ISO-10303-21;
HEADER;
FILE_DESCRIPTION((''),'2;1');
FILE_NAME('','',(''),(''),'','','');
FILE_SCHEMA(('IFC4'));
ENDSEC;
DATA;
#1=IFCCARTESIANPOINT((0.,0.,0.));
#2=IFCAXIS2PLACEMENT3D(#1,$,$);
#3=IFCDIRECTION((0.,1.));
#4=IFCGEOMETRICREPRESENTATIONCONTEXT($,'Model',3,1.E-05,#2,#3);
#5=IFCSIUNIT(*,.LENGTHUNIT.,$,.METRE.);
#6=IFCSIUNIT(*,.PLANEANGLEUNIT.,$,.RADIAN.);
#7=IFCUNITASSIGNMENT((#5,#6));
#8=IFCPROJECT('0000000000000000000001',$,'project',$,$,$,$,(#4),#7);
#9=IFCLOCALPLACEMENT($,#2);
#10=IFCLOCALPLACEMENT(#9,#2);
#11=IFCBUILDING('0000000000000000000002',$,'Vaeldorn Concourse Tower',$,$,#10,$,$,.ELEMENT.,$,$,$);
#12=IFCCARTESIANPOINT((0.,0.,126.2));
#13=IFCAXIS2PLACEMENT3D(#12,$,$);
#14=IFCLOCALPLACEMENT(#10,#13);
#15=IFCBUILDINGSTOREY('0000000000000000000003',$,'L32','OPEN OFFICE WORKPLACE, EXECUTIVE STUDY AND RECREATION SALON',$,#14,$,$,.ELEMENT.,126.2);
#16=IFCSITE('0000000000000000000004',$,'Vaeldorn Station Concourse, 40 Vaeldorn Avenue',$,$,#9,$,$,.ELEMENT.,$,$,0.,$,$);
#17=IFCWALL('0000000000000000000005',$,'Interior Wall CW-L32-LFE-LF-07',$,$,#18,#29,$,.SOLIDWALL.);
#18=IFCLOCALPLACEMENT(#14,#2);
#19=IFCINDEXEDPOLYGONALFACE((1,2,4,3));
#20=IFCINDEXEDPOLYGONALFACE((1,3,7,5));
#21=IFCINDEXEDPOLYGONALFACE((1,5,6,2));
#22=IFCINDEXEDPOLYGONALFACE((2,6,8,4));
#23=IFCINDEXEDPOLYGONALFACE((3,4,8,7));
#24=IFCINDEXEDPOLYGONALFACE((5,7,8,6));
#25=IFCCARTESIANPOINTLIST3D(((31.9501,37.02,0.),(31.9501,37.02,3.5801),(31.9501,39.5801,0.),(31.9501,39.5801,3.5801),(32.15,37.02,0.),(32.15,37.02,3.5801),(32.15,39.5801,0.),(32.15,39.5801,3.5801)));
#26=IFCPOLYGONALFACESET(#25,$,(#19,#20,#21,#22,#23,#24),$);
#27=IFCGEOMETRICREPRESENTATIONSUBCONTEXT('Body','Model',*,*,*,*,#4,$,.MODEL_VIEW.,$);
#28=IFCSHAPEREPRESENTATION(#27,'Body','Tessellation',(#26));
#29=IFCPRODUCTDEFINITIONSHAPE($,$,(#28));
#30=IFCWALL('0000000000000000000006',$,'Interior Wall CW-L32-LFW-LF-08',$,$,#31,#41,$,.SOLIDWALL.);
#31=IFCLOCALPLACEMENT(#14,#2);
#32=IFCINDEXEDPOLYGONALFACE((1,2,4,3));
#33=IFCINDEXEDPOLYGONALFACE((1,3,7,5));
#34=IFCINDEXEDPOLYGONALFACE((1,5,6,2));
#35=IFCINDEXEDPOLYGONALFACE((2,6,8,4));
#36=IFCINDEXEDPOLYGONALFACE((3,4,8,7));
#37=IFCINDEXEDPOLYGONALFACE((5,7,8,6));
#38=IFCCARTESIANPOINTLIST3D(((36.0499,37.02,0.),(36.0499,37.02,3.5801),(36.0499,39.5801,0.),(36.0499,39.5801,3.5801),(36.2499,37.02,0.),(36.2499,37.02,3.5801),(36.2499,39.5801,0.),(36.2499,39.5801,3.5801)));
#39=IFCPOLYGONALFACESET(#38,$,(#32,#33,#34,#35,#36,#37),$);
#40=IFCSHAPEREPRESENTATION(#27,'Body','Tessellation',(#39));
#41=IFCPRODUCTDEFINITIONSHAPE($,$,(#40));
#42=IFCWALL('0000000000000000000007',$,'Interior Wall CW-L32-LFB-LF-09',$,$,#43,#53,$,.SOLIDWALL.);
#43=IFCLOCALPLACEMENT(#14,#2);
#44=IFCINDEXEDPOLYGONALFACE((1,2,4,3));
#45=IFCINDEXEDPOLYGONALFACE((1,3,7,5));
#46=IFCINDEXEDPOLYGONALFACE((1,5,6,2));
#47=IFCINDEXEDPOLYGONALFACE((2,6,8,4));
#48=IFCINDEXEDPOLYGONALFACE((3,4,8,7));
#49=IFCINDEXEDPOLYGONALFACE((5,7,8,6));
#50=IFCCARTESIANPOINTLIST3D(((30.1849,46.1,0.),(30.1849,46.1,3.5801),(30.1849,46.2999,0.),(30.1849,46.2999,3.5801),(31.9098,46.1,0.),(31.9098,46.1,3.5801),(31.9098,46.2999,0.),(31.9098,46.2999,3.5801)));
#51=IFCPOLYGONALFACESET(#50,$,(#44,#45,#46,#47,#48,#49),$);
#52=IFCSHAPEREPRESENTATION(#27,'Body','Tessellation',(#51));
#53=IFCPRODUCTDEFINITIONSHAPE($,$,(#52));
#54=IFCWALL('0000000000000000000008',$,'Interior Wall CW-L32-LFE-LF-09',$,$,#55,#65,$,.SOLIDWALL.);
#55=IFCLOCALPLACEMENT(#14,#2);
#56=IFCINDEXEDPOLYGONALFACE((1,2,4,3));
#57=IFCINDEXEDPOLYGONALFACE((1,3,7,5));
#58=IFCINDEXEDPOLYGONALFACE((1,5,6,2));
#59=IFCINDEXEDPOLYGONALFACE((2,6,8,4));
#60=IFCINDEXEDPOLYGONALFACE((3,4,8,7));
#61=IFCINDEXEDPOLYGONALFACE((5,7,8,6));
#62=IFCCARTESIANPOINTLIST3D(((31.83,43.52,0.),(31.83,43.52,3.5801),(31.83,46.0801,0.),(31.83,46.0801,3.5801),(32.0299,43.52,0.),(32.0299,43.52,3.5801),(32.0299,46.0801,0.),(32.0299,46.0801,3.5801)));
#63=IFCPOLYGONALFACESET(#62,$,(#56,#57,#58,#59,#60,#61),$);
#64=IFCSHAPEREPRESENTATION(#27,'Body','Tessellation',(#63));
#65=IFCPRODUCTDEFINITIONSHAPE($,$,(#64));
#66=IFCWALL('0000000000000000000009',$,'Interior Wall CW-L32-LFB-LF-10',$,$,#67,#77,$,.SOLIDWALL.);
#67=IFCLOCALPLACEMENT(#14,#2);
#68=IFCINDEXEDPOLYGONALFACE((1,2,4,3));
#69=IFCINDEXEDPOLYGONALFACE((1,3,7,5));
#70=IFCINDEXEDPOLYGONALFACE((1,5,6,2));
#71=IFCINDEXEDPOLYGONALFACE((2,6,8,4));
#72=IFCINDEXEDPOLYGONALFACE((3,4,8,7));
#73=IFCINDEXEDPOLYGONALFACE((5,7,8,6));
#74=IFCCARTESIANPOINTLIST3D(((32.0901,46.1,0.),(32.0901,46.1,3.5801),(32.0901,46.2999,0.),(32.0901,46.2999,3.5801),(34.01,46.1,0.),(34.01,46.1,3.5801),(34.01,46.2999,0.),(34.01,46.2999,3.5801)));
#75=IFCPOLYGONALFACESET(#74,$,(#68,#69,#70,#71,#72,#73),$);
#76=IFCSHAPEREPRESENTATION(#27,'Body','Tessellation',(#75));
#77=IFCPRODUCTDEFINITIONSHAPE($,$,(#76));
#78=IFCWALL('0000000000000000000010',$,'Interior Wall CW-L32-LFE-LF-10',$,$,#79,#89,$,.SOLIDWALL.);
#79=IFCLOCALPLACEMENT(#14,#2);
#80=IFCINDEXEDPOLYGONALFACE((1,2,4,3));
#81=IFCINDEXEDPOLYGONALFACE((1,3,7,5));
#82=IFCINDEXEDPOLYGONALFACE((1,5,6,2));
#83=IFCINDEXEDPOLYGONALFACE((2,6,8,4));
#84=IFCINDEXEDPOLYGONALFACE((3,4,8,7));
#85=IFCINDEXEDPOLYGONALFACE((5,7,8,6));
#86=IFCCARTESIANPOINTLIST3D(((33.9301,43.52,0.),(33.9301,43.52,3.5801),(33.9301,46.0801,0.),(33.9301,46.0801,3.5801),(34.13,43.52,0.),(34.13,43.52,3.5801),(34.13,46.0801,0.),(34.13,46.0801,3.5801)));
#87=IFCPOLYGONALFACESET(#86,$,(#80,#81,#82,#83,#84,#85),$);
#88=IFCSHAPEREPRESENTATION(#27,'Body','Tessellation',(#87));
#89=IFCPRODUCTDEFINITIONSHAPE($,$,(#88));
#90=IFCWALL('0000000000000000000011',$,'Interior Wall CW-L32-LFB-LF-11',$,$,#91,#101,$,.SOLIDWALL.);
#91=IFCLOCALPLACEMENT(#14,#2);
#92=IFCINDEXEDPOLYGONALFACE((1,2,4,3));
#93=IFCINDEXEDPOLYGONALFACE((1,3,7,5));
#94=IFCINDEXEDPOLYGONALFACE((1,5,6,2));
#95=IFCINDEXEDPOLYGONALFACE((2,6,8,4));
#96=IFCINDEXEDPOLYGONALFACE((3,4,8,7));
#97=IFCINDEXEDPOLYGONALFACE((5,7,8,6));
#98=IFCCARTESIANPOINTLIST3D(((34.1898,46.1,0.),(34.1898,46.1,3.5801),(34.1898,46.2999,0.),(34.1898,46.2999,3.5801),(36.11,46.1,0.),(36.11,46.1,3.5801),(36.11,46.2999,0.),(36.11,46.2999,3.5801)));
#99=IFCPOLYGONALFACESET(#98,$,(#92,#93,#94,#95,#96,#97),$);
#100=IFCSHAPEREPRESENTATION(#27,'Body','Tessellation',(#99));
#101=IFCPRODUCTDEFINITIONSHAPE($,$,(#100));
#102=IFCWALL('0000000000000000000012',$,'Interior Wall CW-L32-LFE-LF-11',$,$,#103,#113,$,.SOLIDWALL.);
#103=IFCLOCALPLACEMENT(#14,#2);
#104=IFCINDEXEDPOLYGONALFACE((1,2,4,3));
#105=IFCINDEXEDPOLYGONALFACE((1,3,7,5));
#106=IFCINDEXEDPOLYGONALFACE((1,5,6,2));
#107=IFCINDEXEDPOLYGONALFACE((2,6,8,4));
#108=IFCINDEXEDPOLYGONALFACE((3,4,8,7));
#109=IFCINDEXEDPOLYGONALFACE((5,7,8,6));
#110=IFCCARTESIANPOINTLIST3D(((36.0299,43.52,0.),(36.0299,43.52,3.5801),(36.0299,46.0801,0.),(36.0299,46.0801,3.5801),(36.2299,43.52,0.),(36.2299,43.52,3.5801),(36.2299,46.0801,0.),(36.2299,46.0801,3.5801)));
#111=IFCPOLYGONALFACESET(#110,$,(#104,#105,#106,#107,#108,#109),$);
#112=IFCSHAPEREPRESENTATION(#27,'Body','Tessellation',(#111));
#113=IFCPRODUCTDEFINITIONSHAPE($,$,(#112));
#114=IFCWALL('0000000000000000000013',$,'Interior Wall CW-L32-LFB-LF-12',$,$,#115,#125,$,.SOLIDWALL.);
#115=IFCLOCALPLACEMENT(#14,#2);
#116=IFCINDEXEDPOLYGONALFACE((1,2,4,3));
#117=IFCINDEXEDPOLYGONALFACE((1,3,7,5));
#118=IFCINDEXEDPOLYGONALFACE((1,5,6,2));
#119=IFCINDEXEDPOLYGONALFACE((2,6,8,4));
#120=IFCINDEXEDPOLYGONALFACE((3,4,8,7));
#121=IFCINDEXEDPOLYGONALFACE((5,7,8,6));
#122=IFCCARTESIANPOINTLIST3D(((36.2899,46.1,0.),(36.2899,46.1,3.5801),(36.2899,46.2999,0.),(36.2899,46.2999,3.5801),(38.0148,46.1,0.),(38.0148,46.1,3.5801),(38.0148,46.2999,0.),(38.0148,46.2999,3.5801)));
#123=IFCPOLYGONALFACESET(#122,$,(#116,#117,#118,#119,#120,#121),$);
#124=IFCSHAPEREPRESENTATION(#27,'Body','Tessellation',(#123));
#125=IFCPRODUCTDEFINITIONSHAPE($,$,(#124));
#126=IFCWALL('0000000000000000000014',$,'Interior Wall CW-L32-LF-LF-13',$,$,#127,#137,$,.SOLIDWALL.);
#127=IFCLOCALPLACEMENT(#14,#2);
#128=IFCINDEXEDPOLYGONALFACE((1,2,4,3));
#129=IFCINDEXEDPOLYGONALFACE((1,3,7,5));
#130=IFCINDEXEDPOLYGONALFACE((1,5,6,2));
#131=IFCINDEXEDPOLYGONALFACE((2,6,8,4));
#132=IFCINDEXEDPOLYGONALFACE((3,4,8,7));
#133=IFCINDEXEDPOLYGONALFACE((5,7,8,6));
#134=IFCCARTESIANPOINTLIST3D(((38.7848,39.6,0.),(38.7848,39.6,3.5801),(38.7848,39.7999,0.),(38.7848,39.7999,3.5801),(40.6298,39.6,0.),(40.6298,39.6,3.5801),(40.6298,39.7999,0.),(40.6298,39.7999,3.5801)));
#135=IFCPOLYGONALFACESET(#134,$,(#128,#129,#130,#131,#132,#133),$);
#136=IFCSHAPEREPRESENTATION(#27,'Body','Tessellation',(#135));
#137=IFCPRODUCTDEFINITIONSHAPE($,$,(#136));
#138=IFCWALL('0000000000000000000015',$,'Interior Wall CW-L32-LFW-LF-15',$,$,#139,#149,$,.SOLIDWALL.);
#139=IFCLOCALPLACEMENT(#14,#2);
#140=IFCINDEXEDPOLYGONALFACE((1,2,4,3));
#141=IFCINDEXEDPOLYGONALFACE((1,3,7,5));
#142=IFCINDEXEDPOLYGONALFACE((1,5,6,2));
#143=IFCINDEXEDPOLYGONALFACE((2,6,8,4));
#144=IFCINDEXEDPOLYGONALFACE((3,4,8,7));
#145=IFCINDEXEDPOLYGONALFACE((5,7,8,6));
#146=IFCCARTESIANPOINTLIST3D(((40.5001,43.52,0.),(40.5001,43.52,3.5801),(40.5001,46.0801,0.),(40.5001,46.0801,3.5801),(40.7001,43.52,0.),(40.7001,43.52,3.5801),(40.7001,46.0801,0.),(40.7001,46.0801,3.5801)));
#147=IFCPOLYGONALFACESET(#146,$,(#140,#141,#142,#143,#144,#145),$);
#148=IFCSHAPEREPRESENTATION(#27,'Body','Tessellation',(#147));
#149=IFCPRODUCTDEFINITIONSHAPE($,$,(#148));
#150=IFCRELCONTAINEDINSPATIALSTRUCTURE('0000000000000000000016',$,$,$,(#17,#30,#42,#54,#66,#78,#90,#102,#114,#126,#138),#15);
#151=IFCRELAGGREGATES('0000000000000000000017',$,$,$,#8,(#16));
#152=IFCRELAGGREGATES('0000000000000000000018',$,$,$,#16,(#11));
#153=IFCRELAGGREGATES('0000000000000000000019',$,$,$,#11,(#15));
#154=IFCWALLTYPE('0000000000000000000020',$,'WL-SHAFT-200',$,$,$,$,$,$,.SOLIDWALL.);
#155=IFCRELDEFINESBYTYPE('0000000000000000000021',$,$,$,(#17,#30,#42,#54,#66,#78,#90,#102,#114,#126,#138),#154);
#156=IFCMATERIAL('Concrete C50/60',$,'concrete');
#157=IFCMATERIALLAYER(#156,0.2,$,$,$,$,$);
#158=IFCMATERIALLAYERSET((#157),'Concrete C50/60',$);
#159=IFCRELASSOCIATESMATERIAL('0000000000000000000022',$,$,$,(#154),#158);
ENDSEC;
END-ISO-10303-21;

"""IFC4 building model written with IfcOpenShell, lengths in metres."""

from ifc_helpers import new_model, si_unit, direction, frame, frame_2d, origin, place, context, subcontext, project, spatial, rectangle, extrude, material, layer, layer_set, type_object, element, save


model = new_model("IFC4")

# Units and contexts
model_context = context("Model", 3, precision=1e-05, world=origin(), true_north=direction((0.0, 1.0)))
body_context = subcontext(model_context, "Body", "Model", "MODEL_VIEW")
ifc_project = project(units=[si_unit("LENGTHUNIT", "METRE"), si_unit("PLANEANGLEUNIT", "RADIAN")], contexts=[model_context])

# Site, building, storey
site_placement = place(None, origin())
site = spatial("IfcSite", under=ifc_project, at=site_placement, Name="Vaeldorn Station Concourse, 40 Vaeldorn Avenue", CompositionType="ELEMENT", RefElevation=0.0)
building_placement = place(site_placement, origin())
building = spatial("IfcBuilding", under=site, at=building_placement, Name="Vaeldorn Concourse Tower", CompositionType="ELEMENT")
storey_placement = place(building_placement, frame((0.0, 0.0, 126.2)))
storey = spatial("IfcBuildingStorey", under=building, at=storey_placement, Name="L32", Description="OPEN OFFICE WORKPLACE, EXECUTIVE STUDY AND RECREATION SALON", CompositionType="ELEMENT", Elevation=126.2)

# Wall
ifc_material_1 = material(Name="Concrete C50/60", Category="concrete")
ifc_layer_1 = layer(ifc_material_1, 0.2)
ifc_layer_set_1 = layer_set([ifc_layer_1], Name="Concrete C50/60")
wall_type_1 = type_object("IfcWallType", Name="WL-SHAFT-200", PredefinedType="SOLIDWALL", material=ifc_layer_set_1)
wall_1_placement = place(storey_placement, frame((32.05, 37.02, 0.0), z_axis=(0.0, 0.0, 1.0), x_axis=(0.0, 1.0, 0.0)))
element("IfcWall", 1, at=wall_1_placement, inside=storey, type_object=wall_type_1, Name="Interior Wall CW-L32-LFE-LF-07", PredefinedType="SOLIDWALL", context=body_context, shape_type="SweptSolid", body=[
    extrude(rectangle(XDim=2.5601, YDim=0.2, at=frame_2d((1.28, 0.0))), origin(), (0.0, 0.0, 1.0), 3.5801),
])

# Wall
wall_2_placement = place(storey_placement, frame((36.1499, 37.02, 0.0), z_axis=(0.0, 0.0, 1.0), x_axis=(0.0, 1.0, 0.0)))
element("IfcWall", 2, at=wall_2_placement, inside=storey, type_object=wall_type_1, Name="Interior Wall CW-L32-LFW-LF-08", PredefinedType="SOLIDWALL", context=body_context, shape_type="SweptSolid", body=[
    extrude(rectangle(XDim=2.5601, YDim=0.2, at=frame_2d((1.28, 0.0))), origin(), (0.0, 0.0, 1.0), 3.5801),
])

# Walls
wall_3_placement = place(storey_placement, frame((30.1851, 46.2, 0.0), z_axis=(0.0, 0.0, 1.0), x_axis=(1.0, 0.0, 0.0)))
element("IfcWall", 3, at=wall_3_placement, inside=storey, type_object=wall_type_1, Name="Interior Wall CW-L32-LFB-LF-09", PredefinedType="SOLIDWALL", context=body_context, shape_type="SweptSolid", body=[
    extrude(rectangle(XDim=1.7249, YDim=0.2, at=frame_2d((0.8623, 0.0))), origin(), (0.0, 0.0, 1.0), 3.5801),
])
wall_4_placement = place(storey_placement, frame((31.9299, 43.52, 0.0), z_axis=(0.0, 0.0, 1.0), x_axis=(0.0, 1.0, 0.0)))
element("IfcWall", 4, at=wall_4_placement, inside=storey, type_object=wall_type_1, Name="Interior Wall CW-L32-LFE-LF-09", PredefinedType="SOLIDWALL", context=body_context, shape_type="SweptSolid", body=[
    extrude(rectangle(XDim=2.5601, YDim=0.2, at=frame_2d((1.28, 0.0))), origin(), (0.0, 0.0, 1.0), 3.5801),
])

# Walls
wall_5_placement = place(storey_placement, frame((32.0901, 46.2, 0.0), z_axis=(0.0, 0.0, 1.0), x_axis=(1.0, 0.0, 0.0)))
element("IfcWall", 5, at=wall_5_placement, inside=storey, type_object=wall_type_1, Name="Interior Wall CW-L32-LFB-LF-10", PredefinedType="SOLIDWALL", context=body_context, shape_type="SweptSolid", body=[
    extrude(rectangle(XDim=1.9199, YDim=0.2, at=frame_2d((0.96, 0.0))), origin(), (0.0, 0.0, 1.0), 3.5801),
])
wall_6_placement = place(storey_placement, frame((34.03, 43.52, 0.0), z_axis=(0.0, 0.0, 1.0), x_axis=(0.0, 1.0, 0.0)))
element("IfcWall", 6, at=wall_6_placement, inside=storey, type_object=wall_type_1, Name="Interior Wall CW-L32-LFE-LF-10", PredefinedType="SOLIDWALL", context=body_context, shape_type="SweptSolid", body=[
    extrude(rectangle(XDim=2.5601, YDim=0.2, at=frame_2d((1.28, 0.0))), origin(), (0.0, 0.0, 1.0), 3.5801),
])

# Walls
wall_7_placement = place(storey_placement, frame((34.1899, 46.2, 0.0), z_axis=(0.0, 0.0, 1.0), x_axis=(1.0, 0.0, 0.0)))
element("IfcWall", 7, at=wall_7_placement, inside=storey, type_object=wall_type_1, Name="Interior Wall CW-L32-LFB-LF-11", PredefinedType="SOLIDWALL", context=body_context, shape_type="SweptSolid", body=[
    extrude(rectangle(XDim=1.9202, YDim=0.2, at=frame_2d((0.96, 0.0))), origin(), (0.0, 0.0, 1.0), 3.5801),
])
wall_8_placement = place(storey_placement, frame((36.1299, 43.52, 0.0), z_axis=(0.0, 0.0, 1.0), x_axis=(0.0, 1.0, 0.0)))
element("IfcWall", 8, at=wall_8_placement, inside=storey, type_object=wall_type_1, Name="Interior Wall CW-L32-LFE-LF-11", PredefinedType="SOLIDWALL", context=body_context, shape_type="SweptSolid", body=[
    extrude(rectangle(XDim=2.5601, YDim=0.2, at=frame_2d((1.28, 0.0))), origin(), (0.0, 0.0, 1.0), 3.5801),
])

# Walls
wall_9_placement = place(storey_placement, frame((36.29, 46.2, 0.0), z_axis=(0.0, 0.0, 1.0), x_axis=(1.0, 0.0, 0.0)))
element("IfcWall", 9, at=wall_9_placement, inside=storey, type_object=wall_type_1, Name="Interior Wall CW-L32-LFB-LF-12", PredefinedType="SOLIDWALL", context=body_context, shape_type="SweptSolid", body=[
    extrude(rectangle(XDim=1.7249, YDim=0.2, at=frame_2d((0.8623, 0.0))), origin(), (0.0, 0.0, 1.0), 3.5801),
])
wall_10_placement = place(storey_placement, frame((38.7849, 39.7, 0.0), z_axis=(0.0, 0.0, 1.0), x_axis=(1.0, 0.0, 0.0)))
element("IfcWall", 10, at=wall_10_placement, inside=storey, type_object=wall_type_1, Name="Interior Wall CW-L32-LF-LF-13", PredefinedType="SOLIDWALL", context=body_context, shape_type="SweptSolid", body=[
    extrude(rectangle(XDim=1.845, YDim=0.2, at=frame_2d((0.9224, 0.0))), origin(), (0.0, 0.0, 1.0), 3.5801),
])
wall_11_placement = place(storey_placement, frame((40.6001, 43.52, 0.0), z_axis=(0.0, 0.0, 1.0), x_axis=(0.0, 1.0, 0.0)))
element("IfcWall", 11, at=wall_11_placement, inside=storey, type_object=wall_type_1, Name="Interior Wall CW-L32-LFW-LF-15", PredefinedType="SOLIDWALL", context=body_context, shape_type="SweptSolid", body=[
    extrude(rectangle(XDim=2.5601, YDim=0.2, at=frame_2d((1.28, 0.0))), origin(), (0.0, 0.0, 1.0), 3.5801),
])

save(model, "model.ifc")
